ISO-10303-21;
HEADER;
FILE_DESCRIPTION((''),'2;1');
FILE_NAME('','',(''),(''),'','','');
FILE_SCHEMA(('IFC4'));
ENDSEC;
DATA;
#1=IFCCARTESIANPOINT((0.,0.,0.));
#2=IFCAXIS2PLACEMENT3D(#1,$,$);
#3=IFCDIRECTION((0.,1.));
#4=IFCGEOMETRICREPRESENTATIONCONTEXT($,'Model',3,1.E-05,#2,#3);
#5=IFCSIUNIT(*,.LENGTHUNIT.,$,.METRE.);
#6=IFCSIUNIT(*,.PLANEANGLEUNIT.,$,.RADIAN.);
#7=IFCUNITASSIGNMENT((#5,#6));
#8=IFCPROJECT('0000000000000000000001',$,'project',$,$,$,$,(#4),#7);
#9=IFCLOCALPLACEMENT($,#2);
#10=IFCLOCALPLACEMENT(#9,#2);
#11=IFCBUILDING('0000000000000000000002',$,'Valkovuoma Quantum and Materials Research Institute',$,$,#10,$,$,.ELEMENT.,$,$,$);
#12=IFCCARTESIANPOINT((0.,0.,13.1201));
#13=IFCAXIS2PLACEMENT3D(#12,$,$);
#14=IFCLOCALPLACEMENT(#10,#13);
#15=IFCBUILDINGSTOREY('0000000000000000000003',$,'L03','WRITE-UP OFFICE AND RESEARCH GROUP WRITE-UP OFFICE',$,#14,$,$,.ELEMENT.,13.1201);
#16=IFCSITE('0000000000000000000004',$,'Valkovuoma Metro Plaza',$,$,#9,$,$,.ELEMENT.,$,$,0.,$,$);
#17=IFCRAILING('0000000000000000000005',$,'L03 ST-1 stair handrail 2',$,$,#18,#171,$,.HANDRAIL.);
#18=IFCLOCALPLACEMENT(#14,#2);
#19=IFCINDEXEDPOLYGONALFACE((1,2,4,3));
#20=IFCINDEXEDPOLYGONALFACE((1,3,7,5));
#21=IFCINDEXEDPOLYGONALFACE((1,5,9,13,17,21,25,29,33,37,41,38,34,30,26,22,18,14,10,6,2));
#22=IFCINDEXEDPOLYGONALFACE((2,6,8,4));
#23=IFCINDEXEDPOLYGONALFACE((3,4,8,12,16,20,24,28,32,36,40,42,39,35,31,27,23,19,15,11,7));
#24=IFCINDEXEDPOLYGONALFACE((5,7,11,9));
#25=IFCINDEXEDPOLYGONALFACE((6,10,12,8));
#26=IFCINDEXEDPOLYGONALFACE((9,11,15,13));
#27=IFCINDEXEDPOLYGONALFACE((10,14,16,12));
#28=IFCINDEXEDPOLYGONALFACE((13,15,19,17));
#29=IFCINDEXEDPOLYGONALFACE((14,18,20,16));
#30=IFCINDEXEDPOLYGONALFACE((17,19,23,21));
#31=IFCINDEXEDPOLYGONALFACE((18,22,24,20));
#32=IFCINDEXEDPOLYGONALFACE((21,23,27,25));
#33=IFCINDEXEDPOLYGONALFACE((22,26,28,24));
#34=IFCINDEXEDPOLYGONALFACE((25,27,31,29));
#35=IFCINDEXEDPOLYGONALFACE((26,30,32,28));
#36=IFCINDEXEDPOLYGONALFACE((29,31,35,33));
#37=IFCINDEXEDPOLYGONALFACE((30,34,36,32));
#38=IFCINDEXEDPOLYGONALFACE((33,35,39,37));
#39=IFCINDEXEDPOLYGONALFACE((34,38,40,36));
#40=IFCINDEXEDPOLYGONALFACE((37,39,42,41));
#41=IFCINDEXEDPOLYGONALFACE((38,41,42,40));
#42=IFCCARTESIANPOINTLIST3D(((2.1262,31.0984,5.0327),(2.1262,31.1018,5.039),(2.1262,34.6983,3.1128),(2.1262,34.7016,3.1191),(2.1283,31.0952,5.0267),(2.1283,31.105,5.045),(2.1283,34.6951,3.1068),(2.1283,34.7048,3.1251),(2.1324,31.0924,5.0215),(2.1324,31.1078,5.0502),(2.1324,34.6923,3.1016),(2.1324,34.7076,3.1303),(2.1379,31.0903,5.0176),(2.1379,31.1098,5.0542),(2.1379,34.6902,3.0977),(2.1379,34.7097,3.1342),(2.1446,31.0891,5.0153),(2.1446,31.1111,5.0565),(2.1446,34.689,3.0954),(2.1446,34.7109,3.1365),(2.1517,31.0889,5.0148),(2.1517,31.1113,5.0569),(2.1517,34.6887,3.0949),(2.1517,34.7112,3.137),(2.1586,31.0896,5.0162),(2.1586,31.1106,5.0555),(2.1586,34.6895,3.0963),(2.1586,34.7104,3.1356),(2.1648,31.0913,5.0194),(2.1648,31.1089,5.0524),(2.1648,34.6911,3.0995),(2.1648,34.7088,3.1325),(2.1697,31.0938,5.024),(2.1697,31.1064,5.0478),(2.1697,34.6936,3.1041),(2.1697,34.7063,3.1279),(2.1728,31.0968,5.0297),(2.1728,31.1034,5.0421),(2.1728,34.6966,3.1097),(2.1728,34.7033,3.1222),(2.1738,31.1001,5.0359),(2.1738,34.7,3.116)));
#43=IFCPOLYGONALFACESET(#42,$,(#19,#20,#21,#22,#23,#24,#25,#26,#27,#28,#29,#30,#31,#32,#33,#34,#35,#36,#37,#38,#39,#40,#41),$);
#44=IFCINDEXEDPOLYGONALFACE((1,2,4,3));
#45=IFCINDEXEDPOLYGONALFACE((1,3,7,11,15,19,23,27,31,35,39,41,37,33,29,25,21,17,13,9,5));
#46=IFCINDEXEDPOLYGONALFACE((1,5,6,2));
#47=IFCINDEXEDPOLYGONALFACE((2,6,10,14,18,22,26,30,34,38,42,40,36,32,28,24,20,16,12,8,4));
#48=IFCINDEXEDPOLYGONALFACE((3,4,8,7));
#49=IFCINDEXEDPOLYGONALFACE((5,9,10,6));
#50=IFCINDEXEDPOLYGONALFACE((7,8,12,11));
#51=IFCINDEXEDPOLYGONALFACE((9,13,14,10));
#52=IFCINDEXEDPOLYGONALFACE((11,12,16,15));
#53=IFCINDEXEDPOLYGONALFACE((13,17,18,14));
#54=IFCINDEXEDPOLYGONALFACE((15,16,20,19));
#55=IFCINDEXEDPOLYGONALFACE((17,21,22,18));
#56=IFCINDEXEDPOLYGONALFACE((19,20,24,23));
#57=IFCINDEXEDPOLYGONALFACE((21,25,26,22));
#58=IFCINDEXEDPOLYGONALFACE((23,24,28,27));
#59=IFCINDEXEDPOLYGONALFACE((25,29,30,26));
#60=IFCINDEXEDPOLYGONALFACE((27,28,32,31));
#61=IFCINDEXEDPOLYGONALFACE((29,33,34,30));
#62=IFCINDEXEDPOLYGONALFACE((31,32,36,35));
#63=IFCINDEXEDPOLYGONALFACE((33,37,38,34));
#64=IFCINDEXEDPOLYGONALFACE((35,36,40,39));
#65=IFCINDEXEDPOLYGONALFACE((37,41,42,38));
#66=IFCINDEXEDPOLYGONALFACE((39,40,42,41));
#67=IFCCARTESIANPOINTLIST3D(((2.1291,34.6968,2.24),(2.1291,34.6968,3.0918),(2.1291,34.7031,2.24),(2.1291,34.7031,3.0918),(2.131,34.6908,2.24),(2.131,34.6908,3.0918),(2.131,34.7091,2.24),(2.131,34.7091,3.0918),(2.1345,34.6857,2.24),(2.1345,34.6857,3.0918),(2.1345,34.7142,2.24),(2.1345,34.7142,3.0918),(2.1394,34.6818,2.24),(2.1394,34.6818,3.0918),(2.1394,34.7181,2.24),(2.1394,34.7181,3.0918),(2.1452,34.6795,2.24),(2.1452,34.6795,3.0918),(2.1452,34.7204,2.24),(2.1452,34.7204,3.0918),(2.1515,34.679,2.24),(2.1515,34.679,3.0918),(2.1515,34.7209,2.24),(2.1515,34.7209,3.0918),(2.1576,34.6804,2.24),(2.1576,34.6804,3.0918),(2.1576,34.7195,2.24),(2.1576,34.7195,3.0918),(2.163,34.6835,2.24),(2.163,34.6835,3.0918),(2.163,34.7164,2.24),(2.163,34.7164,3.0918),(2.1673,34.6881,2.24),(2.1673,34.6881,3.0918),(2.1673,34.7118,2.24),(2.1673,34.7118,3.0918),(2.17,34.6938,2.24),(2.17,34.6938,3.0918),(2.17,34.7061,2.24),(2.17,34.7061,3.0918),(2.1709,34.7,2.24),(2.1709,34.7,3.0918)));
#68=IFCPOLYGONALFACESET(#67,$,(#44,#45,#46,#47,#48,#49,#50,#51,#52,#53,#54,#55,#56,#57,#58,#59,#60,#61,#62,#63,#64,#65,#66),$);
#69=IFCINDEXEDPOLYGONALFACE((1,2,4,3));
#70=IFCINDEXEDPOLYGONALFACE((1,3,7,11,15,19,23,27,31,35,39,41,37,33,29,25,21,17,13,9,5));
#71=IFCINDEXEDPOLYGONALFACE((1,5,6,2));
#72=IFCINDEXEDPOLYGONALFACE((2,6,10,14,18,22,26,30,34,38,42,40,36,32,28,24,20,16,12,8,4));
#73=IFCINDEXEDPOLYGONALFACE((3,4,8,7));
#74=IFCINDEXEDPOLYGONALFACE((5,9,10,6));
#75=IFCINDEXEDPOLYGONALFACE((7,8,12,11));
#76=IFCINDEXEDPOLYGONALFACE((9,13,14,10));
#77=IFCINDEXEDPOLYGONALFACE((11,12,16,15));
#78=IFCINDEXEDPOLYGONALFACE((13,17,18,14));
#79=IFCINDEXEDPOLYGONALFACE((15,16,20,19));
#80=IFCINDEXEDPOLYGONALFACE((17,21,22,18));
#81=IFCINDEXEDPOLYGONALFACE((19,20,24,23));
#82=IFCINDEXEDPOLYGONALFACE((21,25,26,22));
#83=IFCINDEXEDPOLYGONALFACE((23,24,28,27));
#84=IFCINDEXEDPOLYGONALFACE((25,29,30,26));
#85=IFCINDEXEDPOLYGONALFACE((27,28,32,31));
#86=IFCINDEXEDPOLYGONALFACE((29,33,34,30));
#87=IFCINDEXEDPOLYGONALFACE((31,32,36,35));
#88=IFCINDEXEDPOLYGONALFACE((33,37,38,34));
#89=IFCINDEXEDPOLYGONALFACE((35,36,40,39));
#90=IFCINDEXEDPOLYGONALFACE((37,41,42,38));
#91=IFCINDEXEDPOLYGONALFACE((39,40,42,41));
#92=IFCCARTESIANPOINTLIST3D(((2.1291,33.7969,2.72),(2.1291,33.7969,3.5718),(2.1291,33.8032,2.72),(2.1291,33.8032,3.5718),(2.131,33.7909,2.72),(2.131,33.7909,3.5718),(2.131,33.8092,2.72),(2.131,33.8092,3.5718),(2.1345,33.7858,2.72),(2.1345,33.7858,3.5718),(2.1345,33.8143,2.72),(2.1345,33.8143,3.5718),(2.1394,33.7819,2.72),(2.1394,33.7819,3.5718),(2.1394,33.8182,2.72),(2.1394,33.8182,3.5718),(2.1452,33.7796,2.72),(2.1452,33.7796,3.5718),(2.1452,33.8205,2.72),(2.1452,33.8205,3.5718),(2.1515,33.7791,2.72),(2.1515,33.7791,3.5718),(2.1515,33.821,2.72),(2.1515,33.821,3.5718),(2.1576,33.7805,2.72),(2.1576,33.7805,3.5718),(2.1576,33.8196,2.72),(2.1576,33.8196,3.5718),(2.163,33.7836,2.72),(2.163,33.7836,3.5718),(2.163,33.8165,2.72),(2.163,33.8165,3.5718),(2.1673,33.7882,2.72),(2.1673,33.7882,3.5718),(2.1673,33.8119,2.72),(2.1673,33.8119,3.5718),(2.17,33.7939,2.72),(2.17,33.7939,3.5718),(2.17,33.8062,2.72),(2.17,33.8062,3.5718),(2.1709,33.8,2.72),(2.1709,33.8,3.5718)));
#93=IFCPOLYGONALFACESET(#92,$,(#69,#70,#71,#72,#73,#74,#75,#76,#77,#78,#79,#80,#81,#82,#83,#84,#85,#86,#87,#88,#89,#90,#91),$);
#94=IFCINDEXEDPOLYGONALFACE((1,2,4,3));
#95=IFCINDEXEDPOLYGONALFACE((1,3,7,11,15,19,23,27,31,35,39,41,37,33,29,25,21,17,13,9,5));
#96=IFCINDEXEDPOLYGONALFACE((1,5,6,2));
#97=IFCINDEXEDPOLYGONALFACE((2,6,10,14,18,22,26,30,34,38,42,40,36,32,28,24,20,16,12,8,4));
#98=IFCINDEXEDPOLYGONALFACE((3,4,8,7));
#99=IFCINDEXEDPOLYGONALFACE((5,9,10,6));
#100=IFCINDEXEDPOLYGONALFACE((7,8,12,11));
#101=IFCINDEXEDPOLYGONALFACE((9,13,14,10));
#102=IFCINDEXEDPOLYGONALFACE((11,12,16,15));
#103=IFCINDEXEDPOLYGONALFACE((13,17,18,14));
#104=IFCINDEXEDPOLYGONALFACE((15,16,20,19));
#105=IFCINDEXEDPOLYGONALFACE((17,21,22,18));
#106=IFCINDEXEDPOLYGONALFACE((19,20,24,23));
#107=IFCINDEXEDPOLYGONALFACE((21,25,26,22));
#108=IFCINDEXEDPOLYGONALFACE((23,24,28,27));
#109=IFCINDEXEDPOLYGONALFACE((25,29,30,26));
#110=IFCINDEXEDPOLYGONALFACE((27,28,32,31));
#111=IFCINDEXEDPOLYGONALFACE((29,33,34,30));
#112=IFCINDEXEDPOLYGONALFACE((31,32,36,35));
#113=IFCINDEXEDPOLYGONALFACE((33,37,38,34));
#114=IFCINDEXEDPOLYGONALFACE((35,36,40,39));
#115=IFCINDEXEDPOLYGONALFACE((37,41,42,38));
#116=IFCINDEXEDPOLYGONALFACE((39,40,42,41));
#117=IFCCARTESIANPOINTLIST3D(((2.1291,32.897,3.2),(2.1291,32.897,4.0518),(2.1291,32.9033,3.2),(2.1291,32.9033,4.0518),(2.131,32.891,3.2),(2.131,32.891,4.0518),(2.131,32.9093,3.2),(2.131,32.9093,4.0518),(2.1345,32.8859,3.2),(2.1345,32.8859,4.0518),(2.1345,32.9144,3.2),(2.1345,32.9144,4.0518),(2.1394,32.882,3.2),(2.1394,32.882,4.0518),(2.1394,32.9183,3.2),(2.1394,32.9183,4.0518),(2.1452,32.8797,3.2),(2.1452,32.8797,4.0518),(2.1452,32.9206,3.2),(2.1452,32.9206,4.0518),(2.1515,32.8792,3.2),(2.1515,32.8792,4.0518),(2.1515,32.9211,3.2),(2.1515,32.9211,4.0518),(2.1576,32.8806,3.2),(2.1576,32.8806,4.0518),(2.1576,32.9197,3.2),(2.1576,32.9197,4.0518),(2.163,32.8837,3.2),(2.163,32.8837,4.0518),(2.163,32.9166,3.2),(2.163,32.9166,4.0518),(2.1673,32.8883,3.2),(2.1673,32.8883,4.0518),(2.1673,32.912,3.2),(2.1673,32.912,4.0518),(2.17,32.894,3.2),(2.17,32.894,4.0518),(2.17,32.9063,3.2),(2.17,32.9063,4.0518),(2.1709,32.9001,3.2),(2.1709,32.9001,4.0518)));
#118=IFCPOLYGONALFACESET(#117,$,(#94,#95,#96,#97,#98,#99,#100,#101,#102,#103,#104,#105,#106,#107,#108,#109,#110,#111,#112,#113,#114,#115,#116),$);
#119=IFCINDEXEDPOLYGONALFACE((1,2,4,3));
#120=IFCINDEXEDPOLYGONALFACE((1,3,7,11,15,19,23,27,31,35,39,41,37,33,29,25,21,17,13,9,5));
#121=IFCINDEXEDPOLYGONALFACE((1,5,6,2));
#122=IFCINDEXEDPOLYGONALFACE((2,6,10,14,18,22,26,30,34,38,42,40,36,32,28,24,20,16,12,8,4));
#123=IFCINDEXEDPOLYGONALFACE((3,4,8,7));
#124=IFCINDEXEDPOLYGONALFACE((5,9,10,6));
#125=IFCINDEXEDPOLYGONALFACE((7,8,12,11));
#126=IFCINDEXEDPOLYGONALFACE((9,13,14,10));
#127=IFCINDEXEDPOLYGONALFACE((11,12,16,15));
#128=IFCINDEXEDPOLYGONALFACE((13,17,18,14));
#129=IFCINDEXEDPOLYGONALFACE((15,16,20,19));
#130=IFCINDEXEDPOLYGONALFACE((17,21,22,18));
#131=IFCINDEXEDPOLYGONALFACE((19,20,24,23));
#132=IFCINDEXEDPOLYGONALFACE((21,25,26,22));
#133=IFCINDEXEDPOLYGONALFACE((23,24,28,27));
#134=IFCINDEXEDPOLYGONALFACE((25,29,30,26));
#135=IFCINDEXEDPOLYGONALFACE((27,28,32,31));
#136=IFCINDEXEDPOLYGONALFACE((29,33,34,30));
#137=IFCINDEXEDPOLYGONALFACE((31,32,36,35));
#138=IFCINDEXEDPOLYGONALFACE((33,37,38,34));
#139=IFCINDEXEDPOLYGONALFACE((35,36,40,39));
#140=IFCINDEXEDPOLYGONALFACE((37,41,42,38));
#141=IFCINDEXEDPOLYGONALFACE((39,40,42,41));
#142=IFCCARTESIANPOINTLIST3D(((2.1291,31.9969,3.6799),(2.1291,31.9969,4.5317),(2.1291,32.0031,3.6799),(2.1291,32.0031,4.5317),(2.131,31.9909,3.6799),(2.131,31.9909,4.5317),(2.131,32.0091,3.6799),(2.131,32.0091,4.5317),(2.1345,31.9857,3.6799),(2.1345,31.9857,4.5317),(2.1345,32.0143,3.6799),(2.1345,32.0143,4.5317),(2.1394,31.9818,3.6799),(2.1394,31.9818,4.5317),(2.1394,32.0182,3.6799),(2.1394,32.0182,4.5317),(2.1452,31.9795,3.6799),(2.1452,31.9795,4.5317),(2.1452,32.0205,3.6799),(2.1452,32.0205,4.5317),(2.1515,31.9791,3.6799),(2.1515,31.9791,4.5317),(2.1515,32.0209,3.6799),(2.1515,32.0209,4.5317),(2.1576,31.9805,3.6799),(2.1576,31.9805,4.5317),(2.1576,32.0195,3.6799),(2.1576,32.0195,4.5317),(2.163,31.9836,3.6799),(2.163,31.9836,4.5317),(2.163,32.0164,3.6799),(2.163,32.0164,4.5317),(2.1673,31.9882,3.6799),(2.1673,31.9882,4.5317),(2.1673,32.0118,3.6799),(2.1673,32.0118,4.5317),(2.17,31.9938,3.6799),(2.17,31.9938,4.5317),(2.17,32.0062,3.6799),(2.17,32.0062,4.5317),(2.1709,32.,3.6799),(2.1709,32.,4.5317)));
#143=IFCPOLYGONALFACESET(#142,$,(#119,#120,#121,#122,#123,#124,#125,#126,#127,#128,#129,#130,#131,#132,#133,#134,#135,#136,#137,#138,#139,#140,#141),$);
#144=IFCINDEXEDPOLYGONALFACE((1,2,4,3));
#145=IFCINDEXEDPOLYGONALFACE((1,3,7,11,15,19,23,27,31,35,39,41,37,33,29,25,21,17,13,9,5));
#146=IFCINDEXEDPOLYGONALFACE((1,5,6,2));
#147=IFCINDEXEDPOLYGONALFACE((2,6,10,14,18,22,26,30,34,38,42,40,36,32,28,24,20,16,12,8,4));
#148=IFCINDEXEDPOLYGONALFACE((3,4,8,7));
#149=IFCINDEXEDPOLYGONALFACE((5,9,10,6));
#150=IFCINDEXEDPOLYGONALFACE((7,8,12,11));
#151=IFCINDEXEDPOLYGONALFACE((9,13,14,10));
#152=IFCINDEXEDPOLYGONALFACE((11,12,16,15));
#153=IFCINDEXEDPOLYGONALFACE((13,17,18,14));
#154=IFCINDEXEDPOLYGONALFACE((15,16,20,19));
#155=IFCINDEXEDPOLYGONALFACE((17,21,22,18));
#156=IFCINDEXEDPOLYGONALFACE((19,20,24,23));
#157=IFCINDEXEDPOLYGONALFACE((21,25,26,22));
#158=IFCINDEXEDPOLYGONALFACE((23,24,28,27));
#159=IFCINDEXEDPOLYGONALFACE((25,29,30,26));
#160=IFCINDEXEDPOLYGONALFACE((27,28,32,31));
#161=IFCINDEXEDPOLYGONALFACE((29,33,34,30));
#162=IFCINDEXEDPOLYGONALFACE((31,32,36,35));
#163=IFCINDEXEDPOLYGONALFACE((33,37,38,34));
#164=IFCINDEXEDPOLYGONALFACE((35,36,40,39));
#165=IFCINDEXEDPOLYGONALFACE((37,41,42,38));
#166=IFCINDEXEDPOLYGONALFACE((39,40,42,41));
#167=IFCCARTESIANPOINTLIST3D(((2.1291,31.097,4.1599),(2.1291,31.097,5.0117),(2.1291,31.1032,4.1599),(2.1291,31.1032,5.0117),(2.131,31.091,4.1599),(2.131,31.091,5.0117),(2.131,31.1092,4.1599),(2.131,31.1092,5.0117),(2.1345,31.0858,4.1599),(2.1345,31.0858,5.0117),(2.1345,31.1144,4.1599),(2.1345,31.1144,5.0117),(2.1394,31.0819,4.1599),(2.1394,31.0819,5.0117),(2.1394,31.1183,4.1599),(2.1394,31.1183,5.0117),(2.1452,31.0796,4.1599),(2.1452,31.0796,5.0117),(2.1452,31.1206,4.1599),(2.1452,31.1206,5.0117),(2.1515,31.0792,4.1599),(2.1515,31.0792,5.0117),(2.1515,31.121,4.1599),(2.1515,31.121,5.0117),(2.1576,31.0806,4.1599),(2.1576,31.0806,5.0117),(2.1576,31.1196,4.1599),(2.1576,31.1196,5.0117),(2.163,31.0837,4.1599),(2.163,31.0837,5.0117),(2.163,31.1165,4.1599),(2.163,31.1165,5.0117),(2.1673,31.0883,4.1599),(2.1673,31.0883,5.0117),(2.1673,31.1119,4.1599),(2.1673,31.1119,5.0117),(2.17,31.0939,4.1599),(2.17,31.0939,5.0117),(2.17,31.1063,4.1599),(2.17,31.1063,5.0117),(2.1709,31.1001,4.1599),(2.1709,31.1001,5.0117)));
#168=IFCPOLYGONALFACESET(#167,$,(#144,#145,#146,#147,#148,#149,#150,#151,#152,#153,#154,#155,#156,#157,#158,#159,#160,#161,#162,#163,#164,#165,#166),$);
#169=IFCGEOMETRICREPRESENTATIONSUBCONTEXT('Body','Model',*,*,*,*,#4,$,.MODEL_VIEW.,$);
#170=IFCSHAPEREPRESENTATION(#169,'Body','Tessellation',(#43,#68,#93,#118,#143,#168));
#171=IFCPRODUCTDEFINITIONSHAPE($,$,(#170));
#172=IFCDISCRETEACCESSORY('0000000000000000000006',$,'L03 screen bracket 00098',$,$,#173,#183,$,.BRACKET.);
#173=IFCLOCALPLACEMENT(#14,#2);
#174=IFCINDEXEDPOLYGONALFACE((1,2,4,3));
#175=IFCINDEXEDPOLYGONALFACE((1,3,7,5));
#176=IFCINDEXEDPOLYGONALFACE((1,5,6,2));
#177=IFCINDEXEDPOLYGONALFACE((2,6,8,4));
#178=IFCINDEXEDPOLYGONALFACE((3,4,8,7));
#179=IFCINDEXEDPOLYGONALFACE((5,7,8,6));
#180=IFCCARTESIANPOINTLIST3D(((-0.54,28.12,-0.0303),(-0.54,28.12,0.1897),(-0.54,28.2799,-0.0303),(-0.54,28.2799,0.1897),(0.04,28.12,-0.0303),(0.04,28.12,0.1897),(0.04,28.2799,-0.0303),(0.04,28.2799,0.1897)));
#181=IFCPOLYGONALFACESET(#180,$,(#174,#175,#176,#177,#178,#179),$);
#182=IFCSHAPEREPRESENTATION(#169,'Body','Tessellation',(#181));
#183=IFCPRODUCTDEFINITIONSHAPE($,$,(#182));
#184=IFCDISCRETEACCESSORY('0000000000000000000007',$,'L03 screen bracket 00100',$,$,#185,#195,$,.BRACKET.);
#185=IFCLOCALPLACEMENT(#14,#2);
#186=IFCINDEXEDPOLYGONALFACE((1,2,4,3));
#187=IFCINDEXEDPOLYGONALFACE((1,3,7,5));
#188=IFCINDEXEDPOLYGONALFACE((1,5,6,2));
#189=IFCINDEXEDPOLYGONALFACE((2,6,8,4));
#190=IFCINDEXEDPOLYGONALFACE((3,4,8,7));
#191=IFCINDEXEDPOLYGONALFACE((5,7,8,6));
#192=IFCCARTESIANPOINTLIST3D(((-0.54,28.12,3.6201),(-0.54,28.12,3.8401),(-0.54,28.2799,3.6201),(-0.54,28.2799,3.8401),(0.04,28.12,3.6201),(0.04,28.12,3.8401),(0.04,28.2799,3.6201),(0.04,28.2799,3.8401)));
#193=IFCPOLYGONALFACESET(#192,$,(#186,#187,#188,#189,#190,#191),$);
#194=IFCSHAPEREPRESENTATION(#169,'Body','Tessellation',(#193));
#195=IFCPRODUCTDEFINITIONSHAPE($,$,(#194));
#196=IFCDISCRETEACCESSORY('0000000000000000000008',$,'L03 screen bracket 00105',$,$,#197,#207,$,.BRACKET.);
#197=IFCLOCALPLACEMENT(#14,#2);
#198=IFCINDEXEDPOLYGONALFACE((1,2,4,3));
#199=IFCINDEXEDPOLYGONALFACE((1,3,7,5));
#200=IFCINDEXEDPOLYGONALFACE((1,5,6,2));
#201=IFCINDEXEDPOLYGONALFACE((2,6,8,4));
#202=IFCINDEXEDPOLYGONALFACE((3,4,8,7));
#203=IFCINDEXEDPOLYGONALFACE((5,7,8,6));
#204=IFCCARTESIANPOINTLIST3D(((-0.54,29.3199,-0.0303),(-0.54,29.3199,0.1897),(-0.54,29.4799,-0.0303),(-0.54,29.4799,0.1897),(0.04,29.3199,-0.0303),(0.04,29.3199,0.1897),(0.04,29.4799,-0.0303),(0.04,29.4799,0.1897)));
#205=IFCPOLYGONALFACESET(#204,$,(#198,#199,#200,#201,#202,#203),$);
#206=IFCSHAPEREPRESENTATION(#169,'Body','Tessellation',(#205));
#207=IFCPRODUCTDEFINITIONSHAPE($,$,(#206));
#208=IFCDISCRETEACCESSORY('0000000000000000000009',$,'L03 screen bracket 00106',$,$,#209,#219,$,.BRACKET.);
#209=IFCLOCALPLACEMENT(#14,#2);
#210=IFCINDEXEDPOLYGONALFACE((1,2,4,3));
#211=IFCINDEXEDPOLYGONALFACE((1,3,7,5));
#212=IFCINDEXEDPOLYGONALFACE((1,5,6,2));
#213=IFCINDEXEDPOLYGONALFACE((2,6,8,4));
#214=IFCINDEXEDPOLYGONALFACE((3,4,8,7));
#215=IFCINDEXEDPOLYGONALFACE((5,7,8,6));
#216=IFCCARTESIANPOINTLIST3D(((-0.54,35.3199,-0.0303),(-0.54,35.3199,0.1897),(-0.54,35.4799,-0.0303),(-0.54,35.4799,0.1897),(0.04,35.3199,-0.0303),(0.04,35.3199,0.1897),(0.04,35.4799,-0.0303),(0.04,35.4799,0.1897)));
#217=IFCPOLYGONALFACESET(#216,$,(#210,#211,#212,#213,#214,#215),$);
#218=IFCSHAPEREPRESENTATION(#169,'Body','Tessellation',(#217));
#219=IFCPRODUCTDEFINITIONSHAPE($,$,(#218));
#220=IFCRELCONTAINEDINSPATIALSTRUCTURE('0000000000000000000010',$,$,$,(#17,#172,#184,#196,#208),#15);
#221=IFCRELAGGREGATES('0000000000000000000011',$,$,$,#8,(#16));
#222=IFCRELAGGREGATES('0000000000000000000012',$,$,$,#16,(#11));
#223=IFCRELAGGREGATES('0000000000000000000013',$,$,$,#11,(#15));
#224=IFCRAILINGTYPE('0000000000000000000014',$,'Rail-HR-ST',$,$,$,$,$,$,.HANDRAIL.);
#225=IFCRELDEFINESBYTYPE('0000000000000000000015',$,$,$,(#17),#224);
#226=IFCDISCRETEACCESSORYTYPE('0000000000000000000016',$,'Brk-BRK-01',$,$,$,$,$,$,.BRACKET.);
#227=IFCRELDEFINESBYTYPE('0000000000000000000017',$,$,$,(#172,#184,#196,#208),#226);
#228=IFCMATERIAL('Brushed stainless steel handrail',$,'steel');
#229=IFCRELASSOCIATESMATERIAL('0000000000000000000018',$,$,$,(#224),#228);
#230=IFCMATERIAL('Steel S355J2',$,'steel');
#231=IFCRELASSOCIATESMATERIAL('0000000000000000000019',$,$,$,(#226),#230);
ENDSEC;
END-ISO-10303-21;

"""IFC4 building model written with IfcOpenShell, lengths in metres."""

from ifc_helpers import new_model, si_unit, direction, frame, origin, origin_2d, place, context, subcontext, project, spatial, rectangle, circle, extrude, material, type_object, element, save


model = new_model("IFC4")

# Units and contexts
model_context = context("Model", 3, precision=1e-05, world=origin(), true_north=direction((0.0, 1.0)))
body_context = subcontext(model_context, "Body", "Model", "MODEL_VIEW")
ifc_project = project(units=[si_unit("LENGTHUNIT", "METRE"), si_unit("PLANEANGLEUNIT", "RADIAN")], contexts=[model_context])

# Site, building, storey
site_placement = place(None, origin())
site = spatial("IfcSite", under=ifc_project, at=site_placement, Name="Valkovuoma Metro Plaza", CompositionType="ELEMENT", RefElevation=0.0)
building_placement = place(site_placement, origin())
building = spatial("IfcBuilding", under=site, at=building_placement, Name="Valkovuoma Quantum and Materials Research Institute", CompositionType="ELEMENT")
storey_placement = place(building_placement, frame((0.0, 0.0, 13.1201)))
storey = spatial("IfcBuildingStorey", under=building, at=storey_placement, Name="L03", Description="WRITE-UP OFFICE AND RESEARCH GROUP WRITE-UP OFFICE", CompositionType="ELEMENT", Elevation=13.1201)

# Railing
ifc_material_1 = material(Name="Brushed stainless steel handrail", Category="steel")
railing_type_1 = type_object("IfcRailingType", Name="Rail-HR-ST", PredefinedType="HANDRAIL", material=ifc_material_1)
railing_1_placement = place(storey_placement, frame((2.1499, 34.7, 2.24)))
element("IfcRailing", 1, at=railing_1_placement, inside=storey, type_object=railing_type_1, Name="L03 ST-1 stair handrail 2", PredefinedType="HANDRAIL", context=body_context, shape_type="SweptSolid", body=[
    extrude(circle(Radius=0.0239, at=origin_2d()), frame((0.0, 0.0, 0.876), z_axis=(0.0, -0.882353, 0.470588), x_axis=(1.0, 0.0, 0.0)), (0.0, 0.0, 1.0), 4.0798),
    extrude(circle(Radius=0.021, at=origin_2d()), origin(), (0.0, 0.0, 1.0), 0.8518),
    extrude(circle(Radius=0.021, at=origin_2d()), frame((0.0, -0.8999, 0.48)), (0.0, 0.0, 1.0), 0.8518),
    extrude(circle(Radius=0.021, at=origin_2d()), frame((0.0, -1.7998, 0.96)), (0.0, 0.0, 1.0), 0.8518),
    extrude(circle(Radius=0.021, at=origin_2d()), frame((0.0, -2.7, 1.4399)), (0.0, 0.0, 1.0), 0.8518),
    extrude(circle(Radius=0.021, at=origin_2d()), frame((0.0, -3.5999, 1.9199)), (0.0, 0.0, 1.0), 0.8518),
])

# Discrete accessories
ifc_material_2 = material(Name="Steel S355J2", Category="steel")
discrete_accessory_type = type_object("IfcDiscreteAccessoryType", Name="Brk-BRK-01", PredefinedType="BRACKET", material=ifc_material_2)
for number, where, z_axis, x_axis, name in (
    (2, (-0.25, 28.2, -0.0303), (0.0, 0.0, 1.0), (1.0, 0.0, 0.0), "L03 screen bracket 00098"),
    (3, (-0.25, 28.2, 3.6201), (0.0, 0.0, 1.0), (1.0, 0.0, 0.0), "L03 screen bracket 00100"),
    (4, (-0.25, 29.3999, -0.0303), (0.0, 0.0, 1.0), (1.0, 0.0, 0.0), "L03 screen bracket 00105"),
    (5, (-0.25, 35.3999, -0.0303), (0.0, 0.0, 1.0), (1.0, 0.0, 0.0), "L03 screen bracket 00106"),
):
    element("IfcDiscreteAccessory", number, at=place(storey_placement, frame(where, z_axis=z_axis, x_axis=x_axis)), inside=storey, type_object=discrete_accessory_type, Name=name, PredefinedType="BRACKET", context=body_context, shape_type="SweptSolid", body=[
        extrude(rectangle(XDim=0.5801, YDim=0.1599, at=origin_2d()), origin(), (0.0, 0.0, 1.0), 0.22),
    ])

save(model, "model.ifc")
